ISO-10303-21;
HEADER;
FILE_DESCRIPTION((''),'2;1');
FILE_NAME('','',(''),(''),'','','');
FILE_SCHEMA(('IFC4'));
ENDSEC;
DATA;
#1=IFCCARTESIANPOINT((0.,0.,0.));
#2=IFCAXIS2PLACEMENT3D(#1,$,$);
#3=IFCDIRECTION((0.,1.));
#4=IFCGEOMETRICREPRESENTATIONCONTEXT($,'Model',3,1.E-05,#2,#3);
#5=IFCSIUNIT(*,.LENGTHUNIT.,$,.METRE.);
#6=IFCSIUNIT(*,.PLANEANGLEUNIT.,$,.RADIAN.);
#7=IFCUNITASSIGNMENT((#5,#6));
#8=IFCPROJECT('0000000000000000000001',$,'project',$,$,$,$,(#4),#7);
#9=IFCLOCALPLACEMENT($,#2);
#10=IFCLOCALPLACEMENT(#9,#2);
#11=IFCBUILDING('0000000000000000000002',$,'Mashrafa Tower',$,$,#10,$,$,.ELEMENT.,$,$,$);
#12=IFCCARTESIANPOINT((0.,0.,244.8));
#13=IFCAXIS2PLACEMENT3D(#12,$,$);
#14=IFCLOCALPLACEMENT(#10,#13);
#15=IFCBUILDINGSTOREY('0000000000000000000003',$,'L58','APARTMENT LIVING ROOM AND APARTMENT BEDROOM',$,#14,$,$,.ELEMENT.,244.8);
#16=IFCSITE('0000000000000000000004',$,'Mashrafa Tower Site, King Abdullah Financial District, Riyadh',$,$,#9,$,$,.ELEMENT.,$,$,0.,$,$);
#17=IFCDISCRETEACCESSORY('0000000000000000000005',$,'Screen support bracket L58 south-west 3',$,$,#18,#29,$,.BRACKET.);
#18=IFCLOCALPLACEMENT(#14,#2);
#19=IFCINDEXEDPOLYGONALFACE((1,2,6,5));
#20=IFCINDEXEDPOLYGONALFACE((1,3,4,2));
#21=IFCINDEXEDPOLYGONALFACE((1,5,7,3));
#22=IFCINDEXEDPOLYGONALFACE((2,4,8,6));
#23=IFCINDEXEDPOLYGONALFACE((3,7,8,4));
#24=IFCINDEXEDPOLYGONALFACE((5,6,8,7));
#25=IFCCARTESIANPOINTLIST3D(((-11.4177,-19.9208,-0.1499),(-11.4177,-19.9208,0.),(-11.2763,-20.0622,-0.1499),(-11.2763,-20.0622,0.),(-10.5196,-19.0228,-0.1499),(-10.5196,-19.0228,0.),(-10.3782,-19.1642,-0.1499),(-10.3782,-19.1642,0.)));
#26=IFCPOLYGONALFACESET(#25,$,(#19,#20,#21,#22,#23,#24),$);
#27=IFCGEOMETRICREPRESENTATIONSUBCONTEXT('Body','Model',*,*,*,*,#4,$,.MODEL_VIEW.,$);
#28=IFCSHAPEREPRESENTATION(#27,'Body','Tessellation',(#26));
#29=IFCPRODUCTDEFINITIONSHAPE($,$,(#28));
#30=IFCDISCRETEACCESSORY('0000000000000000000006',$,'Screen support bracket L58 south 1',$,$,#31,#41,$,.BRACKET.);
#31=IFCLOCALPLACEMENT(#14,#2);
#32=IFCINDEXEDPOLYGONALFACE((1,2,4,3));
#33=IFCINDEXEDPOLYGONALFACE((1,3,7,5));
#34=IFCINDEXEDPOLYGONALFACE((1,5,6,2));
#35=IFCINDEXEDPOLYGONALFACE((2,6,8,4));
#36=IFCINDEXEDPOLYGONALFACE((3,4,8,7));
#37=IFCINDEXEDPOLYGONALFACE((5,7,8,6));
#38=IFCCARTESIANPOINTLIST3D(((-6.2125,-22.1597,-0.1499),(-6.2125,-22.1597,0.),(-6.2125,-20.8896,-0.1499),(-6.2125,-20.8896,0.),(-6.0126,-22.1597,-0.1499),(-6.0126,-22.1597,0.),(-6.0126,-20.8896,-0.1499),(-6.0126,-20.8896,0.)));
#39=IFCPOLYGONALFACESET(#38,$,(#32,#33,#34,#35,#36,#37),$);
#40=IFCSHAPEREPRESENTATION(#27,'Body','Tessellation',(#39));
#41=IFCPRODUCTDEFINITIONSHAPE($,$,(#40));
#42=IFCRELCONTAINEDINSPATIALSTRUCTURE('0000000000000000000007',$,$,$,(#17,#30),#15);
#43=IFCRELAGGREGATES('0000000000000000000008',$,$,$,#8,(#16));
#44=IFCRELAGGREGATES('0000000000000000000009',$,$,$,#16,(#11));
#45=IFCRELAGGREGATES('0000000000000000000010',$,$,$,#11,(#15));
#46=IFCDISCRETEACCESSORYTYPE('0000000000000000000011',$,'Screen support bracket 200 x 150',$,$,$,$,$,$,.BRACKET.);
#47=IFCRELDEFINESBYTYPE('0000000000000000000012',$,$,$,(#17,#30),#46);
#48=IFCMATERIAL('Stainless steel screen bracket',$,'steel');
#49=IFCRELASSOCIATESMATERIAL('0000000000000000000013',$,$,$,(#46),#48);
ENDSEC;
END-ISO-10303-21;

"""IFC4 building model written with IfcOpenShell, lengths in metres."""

from ifc_helpers import new_model, si_unit, direction, frame, origin, origin_2d, place, context, subcontext, project, spatial, rectangle, extrude, source, transform, mapped, material, type_object, type_shapes, element, save


model = new_model("IFC4")

# Units and contexts
model_context = context("Model", 3, precision=1e-05, world=origin(), true_north=direction((0.0, 1.0)))
body_context = subcontext(model_context, "Body", "Model", "MODEL_VIEW")
ifc_project = project(units=[si_unit("LENGTHUNIT", "METRE"), si_unit("PLANEANGLEUNIT", "RADIAN")], contexts=[model_context])

# Site, building, storey
site_placement = place(None, origin())
site = spatial("IfcSite", under=ifc_project, at=site_placement, Name="Mashrafa Tower Site, King Abdullah Financial District, Riyadh", CompositionType="ELEMENT", RefElevation=0.0)
building_placement = place(site_placement, origin())
building = spatial("IfcBuilding", under=site, at=building_placement, Name="Mashrafa Tower", CompositionType="ELEMENT")
storey_placement = place(building_placement, frame((0.0, 0.0, 244.8)))
storey = spatial("IfcBuildingStorey", under=building, at=storey_placement, Name="L58", Description="APARTMENT LIVING ROOM AND APARTMENT BEDROOM", CompositionType="ELEMENT", Elevation=244.8)

# Discrete accessories
ifc_material_1 = material(Name="Stainless steel screen bracket", Category="steel")
discrete_accessory_type = type_object("IfcDiscreteAccessoryType", Name="Screen support bracket 200 x 150", PredefinedType="BRACKET", material=ifc_material_1)
shared_shape_1 = source(origin(), body_context, "Body", "SweptSolid", [
    extrude(rectangle(XDim=0.2, YDim=1.27, at=origin_2d()), origin(), (0.0, 0.0, 1.0), 0.1499),
])
type_shapes(discrete_accessory_type, [shared_shape_1])
for number, where, z_axis, x_axis, name in (
    (1, (-10.8979, -19.5425, -0.1499), (0.0, 0.0, 1.0), (0.707107, -0.707107, 0.0), "Screen support bracket L58 south-west 3"),
    (2, (-6.1125, -21.5247, -0.1499), (0.0, 0.0, 1.0), (1.0, 0.0, 0.0), "Screen support bracket L58 south 1"),
):
    element("IfcDiscreteAccessory", number, at=place(storey_placement, frame(where, z_axis=z_axis, x_axis=x_axis)), inside=storey, type_object=discrete_accessory_type, Name=name, PredefinedType="BRACKET", context=body_context, shape_type="MappedRepresentation", body=[
        mapped(shared_shape_1, transform((0.0, 0.0, 0.0))),
    ])

save(model, "model.ifc")
